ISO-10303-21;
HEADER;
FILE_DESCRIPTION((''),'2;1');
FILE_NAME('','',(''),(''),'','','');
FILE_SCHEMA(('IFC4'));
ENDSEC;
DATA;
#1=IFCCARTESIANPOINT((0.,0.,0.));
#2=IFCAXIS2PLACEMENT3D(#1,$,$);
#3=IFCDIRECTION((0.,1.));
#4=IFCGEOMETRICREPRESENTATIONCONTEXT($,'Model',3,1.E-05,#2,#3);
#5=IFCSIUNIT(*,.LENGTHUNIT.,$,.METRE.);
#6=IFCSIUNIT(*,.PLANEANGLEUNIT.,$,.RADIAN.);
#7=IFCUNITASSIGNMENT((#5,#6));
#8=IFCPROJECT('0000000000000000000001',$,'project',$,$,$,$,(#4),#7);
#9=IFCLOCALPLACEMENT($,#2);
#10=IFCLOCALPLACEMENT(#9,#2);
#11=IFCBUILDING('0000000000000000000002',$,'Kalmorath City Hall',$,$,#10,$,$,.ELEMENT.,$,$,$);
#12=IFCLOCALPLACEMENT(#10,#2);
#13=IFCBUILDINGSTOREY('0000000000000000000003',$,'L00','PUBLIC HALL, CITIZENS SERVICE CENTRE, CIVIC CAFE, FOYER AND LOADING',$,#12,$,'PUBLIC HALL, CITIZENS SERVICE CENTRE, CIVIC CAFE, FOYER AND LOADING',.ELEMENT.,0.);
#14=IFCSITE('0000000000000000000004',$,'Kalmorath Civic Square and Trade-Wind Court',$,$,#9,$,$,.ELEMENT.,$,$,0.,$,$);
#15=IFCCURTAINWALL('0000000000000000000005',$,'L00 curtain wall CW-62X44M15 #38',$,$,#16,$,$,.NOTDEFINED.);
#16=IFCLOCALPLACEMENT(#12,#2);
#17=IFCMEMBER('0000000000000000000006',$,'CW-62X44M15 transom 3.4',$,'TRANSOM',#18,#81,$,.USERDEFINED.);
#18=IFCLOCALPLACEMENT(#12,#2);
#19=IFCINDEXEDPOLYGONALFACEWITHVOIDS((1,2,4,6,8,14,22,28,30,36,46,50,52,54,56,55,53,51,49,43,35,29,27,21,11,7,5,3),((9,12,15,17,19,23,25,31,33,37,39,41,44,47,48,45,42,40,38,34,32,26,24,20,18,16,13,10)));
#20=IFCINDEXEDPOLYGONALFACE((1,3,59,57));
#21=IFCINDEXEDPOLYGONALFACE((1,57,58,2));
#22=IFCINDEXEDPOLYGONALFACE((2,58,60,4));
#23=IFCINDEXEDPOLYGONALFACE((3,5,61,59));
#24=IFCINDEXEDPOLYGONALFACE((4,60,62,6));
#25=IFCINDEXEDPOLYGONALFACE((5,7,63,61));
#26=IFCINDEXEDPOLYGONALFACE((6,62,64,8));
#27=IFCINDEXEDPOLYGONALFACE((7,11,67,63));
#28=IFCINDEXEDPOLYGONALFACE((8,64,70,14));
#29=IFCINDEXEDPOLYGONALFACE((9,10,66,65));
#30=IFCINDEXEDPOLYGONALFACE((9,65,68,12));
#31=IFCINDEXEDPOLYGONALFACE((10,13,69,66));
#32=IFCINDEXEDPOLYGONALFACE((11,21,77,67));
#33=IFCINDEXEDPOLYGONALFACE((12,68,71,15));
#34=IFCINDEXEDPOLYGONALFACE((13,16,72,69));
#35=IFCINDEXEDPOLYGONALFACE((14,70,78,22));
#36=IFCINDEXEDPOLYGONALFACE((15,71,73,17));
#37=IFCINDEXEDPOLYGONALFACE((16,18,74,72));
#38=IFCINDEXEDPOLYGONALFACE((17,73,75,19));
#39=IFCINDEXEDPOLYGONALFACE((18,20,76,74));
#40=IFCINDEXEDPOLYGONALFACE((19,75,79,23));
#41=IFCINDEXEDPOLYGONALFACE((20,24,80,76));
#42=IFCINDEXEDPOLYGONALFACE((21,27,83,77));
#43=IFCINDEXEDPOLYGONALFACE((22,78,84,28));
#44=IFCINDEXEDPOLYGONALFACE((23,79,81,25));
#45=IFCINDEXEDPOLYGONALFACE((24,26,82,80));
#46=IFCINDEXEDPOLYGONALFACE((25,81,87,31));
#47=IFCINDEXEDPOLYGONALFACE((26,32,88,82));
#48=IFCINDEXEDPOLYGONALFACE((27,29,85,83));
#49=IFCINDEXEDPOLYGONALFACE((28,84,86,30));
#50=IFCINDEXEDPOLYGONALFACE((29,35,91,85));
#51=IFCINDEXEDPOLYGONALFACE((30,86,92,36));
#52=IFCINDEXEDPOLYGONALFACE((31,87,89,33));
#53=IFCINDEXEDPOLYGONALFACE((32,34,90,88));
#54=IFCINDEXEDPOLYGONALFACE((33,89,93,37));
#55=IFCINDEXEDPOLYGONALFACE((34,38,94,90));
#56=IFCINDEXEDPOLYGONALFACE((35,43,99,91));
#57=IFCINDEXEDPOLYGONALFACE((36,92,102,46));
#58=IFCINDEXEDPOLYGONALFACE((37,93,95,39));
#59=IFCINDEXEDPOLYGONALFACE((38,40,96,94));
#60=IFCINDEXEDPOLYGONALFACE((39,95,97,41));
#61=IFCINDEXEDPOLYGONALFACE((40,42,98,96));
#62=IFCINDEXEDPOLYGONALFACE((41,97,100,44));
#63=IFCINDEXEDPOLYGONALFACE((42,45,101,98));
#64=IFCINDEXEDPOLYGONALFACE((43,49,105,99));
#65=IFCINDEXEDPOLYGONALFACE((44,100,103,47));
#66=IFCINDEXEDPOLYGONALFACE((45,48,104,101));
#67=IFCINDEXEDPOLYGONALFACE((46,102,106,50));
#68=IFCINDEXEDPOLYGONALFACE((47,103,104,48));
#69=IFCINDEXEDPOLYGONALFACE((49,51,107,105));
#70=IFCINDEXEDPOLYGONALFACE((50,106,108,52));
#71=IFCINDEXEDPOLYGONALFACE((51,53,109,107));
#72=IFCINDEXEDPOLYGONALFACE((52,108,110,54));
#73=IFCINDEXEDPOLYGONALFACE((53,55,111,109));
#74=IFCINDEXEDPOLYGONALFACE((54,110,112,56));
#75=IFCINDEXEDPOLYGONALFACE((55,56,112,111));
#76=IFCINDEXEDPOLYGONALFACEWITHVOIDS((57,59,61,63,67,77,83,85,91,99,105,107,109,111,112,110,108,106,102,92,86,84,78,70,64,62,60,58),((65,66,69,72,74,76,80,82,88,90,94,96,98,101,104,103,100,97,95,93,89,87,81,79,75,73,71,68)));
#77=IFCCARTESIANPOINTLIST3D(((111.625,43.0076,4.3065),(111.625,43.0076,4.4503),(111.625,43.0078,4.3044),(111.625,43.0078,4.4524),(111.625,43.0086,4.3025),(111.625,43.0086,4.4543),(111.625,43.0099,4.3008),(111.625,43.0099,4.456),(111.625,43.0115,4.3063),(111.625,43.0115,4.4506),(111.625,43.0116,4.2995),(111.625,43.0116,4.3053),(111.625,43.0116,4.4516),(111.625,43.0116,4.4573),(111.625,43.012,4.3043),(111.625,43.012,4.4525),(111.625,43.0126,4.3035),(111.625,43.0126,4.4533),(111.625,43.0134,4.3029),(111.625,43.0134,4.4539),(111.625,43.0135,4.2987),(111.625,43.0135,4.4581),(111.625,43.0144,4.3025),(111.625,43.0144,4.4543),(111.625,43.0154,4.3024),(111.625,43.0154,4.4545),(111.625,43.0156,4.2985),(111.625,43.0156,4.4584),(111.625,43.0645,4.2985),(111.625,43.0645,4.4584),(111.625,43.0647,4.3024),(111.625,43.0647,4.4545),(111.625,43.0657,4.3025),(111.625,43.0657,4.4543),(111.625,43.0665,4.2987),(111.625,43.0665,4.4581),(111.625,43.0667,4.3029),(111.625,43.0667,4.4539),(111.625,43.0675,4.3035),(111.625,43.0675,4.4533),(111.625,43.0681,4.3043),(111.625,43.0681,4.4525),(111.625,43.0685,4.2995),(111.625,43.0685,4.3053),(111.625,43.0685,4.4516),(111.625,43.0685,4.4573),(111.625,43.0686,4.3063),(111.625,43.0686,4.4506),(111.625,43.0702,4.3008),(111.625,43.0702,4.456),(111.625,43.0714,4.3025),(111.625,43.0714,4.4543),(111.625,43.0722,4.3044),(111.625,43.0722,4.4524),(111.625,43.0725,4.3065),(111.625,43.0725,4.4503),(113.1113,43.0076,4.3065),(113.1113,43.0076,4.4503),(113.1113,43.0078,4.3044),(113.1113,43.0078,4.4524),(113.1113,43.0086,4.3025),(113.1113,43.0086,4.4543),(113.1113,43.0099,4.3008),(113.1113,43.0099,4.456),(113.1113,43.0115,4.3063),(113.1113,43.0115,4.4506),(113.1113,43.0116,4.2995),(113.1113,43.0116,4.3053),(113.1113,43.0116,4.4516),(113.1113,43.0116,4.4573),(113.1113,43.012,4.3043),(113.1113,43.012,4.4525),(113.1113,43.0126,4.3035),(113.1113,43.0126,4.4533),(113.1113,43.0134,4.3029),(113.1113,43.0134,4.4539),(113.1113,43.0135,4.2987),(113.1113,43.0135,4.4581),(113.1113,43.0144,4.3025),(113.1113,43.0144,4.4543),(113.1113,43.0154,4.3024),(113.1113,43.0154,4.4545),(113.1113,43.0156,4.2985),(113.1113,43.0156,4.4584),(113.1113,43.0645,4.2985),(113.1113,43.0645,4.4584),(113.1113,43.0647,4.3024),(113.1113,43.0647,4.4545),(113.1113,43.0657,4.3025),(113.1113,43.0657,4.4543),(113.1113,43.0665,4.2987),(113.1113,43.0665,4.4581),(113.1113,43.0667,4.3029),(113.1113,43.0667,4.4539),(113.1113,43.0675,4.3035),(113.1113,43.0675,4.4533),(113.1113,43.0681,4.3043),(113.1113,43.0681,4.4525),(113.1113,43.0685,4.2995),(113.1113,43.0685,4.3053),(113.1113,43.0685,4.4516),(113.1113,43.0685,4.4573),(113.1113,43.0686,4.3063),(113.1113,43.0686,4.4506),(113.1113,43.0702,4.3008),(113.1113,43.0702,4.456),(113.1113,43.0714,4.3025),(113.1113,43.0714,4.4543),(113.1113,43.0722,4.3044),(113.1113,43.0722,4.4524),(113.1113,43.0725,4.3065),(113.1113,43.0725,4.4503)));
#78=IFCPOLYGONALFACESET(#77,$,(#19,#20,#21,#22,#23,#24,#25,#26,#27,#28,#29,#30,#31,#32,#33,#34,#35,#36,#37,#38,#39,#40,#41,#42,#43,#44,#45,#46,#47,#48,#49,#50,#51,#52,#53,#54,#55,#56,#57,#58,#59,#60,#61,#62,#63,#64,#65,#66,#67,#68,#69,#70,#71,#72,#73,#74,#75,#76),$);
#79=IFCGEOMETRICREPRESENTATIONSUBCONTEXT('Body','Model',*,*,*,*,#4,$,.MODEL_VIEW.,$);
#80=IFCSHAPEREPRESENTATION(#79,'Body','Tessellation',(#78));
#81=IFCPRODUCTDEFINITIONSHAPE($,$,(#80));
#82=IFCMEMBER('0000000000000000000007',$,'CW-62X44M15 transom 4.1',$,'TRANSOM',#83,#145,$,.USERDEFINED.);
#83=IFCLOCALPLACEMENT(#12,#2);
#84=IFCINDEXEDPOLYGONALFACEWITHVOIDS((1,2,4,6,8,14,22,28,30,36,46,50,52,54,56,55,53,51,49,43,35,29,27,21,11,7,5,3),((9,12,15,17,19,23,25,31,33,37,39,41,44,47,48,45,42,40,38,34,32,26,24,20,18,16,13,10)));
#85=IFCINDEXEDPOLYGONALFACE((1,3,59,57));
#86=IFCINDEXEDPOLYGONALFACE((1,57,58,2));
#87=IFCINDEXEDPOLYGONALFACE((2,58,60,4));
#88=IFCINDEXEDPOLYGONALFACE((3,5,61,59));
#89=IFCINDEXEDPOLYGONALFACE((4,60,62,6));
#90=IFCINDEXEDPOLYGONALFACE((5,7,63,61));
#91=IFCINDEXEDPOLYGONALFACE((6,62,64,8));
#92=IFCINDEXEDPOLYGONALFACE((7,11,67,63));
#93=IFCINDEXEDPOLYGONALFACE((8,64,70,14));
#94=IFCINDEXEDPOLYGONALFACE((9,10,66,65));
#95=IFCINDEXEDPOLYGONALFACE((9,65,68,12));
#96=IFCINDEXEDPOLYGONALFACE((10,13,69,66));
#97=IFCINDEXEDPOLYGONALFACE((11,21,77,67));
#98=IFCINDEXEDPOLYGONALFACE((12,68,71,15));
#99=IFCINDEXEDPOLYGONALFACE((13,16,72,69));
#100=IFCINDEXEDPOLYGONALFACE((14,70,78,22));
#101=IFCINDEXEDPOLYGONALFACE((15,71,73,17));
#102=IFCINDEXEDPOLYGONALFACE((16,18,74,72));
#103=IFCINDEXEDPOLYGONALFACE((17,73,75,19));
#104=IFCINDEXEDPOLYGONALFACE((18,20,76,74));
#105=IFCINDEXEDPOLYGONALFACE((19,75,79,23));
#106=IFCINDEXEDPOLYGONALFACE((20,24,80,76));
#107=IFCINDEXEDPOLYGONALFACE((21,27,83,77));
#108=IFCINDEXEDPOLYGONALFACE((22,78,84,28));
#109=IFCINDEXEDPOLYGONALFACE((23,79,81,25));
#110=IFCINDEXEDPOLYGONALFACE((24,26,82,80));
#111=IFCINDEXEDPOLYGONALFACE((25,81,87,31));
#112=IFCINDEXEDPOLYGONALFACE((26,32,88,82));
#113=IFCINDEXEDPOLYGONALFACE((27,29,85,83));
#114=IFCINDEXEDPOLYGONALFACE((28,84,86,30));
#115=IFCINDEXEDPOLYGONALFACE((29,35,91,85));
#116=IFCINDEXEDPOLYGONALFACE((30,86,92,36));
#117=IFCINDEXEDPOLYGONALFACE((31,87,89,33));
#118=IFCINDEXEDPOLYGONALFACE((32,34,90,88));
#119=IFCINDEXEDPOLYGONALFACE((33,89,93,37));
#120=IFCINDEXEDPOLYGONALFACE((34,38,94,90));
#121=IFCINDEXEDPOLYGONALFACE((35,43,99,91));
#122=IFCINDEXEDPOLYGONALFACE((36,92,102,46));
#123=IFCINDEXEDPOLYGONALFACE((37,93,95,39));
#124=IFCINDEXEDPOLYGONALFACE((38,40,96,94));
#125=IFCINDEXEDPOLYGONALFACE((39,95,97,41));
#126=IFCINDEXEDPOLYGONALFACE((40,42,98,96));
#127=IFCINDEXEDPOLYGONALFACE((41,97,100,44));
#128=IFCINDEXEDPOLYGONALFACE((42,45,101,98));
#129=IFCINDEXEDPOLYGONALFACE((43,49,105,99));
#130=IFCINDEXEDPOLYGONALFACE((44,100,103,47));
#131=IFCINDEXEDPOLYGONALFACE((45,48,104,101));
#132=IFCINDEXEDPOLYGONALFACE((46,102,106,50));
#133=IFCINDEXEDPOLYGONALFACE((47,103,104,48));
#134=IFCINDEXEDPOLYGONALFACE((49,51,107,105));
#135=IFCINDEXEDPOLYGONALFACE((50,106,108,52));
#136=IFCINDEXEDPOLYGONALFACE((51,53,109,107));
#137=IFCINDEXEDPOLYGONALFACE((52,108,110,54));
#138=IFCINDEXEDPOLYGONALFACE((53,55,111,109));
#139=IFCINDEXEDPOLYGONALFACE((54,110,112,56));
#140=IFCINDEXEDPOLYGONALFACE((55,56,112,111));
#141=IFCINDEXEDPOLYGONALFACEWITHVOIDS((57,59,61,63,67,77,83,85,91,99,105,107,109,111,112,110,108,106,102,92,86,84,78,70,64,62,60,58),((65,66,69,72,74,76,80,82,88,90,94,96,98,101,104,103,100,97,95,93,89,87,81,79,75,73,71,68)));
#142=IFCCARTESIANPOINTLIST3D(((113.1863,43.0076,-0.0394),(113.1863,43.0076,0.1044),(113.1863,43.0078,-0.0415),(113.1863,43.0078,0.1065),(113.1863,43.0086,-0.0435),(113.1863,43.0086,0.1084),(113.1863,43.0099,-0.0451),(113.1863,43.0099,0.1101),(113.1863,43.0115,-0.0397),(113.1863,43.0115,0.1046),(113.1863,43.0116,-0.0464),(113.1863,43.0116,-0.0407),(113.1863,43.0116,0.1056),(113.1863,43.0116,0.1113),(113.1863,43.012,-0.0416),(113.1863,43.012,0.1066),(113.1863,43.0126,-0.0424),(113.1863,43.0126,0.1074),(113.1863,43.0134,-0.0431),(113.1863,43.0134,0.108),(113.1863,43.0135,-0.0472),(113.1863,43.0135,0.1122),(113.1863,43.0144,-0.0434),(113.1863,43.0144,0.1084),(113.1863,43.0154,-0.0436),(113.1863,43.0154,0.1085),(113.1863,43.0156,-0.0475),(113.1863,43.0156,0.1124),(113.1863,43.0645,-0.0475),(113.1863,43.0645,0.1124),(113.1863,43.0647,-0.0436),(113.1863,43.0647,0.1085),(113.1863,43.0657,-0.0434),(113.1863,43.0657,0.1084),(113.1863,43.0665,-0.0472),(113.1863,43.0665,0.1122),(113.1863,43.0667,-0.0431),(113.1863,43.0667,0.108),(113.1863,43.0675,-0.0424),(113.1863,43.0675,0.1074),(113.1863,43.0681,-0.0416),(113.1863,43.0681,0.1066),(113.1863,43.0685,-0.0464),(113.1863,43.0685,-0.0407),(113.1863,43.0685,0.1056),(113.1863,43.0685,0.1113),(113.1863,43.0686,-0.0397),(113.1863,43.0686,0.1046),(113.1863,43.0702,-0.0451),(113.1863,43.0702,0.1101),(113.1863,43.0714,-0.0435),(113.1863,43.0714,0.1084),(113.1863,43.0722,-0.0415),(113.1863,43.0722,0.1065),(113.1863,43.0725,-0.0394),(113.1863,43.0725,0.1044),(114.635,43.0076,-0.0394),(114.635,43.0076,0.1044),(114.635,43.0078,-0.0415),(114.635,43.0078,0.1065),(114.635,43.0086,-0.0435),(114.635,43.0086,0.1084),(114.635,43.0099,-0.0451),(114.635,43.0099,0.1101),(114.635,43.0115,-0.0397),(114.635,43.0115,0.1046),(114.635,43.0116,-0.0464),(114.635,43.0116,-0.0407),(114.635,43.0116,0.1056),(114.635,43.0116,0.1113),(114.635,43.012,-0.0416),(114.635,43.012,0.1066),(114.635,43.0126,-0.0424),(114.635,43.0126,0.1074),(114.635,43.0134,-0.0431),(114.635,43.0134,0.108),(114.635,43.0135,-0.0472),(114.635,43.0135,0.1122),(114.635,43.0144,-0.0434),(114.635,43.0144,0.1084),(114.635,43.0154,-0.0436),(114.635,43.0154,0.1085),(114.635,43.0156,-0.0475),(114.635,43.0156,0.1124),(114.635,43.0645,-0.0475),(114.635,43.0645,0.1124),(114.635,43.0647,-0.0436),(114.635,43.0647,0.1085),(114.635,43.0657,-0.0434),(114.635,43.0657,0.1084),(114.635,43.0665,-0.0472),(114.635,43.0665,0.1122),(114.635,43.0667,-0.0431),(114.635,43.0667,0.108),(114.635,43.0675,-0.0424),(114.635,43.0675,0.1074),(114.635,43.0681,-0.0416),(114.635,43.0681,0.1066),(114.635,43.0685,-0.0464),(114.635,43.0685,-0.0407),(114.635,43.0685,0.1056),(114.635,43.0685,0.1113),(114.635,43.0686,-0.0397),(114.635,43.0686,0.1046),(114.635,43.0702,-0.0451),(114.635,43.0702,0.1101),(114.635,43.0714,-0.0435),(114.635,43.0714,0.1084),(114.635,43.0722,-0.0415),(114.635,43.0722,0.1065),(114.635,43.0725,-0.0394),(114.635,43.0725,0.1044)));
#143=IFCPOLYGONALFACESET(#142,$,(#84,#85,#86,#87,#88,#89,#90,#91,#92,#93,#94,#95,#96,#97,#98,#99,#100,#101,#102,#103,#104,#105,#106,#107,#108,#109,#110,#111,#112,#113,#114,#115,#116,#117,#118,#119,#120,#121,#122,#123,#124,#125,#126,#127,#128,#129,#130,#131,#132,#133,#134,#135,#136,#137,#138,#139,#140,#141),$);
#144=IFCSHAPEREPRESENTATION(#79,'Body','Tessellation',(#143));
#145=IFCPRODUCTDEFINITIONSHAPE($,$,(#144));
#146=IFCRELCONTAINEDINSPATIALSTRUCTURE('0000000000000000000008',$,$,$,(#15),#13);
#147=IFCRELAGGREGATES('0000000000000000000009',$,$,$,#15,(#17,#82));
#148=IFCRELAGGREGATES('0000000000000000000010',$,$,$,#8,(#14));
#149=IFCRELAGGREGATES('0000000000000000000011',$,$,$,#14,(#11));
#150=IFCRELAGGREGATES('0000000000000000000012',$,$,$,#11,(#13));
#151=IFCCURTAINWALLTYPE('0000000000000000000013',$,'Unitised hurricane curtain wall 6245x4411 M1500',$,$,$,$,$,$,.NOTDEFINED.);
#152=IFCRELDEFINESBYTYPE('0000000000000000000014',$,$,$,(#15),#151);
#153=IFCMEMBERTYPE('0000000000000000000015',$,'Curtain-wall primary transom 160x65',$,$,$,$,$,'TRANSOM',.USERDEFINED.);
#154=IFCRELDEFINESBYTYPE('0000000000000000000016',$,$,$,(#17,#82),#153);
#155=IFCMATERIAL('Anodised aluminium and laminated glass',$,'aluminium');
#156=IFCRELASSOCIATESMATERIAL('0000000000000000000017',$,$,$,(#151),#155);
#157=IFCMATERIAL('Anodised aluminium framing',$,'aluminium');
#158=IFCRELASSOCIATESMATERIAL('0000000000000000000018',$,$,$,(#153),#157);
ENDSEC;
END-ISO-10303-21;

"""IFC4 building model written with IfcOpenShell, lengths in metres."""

from ifc_helpers import new_model, si_unit, direction, frame, origin, origin_2d, place, context, subcontext, project, spatial, hollow_rectangle, extrude, material, material_profile, profile_set, type_object, element, aggregate, save


model = new_model("IFC4")

# Units and contexts
model_context = context("Model", 3, precision=1e-05, world=origin(), true_north=direction((0.0, 1.0)))
body_context = subcontext(model_context, "Body", "Model", "MODEL_VIEW")
ifc_project = project(units=[si_unit("LENGTHUNIT", "METRE"), si_unit("PLANEANGLEUNIT", "RADIAN")], contexts=[model_context])

# Site, building, storey
site_placement = place(None, origin())
site = spatial("IfcSite", under=ifc_project, at=site_placement, Name="Kalmorath Civic Square and Trade-Wind Court", CompositionType="ELEMENT", RefElevation=0.0)
building_placement = place(site_placement, origin())
building = spatial("IfcBuilding", under=site, at=building_placement, Name="Kalmorath City Hall", CompositionType="ELEMENT")
storey_placement = place(building_placement, origin())
storey = spatial("IfcBuildingStorey", under=building, at=storey_placement, Name="L00", Description="PUBLIC HALL, CITIZENS SERVICE CENTRE, CIVIC CAFE, FOYER AND LOADING", LongName="PUBLIC HALL, CITIZENS SERVICE CENTRE, CIVIC CAFE, FOYER AND LOADING", CompositionType="ELEMENT", Elevation=0.0)

# Curtain wall, members
ifc_material_1 = material(Name="Anodised aluminium and laminated glass", Category="aluminium")
curtain_wall_type = type_object("IfcCurtainWallType", Name="Unitised hurricane curtain wall 6245x4411 M1500", PredefinedType="NOTDEFINED", material=ifc_material_1)
curtain_wall_placement = place(storey_placement, origin())
curtain_wall = element("IfcCurtainWall", 1, at=curtain_wall_placement, inside=storey, type_object=curtain_wall_type, Name="L00 curtain wall CW-62X44M15 #38", PredefinedType="NOTDEFINED")
ifc_material_2 = material(Name="Anodised aluminium framing", Category="aluminium")
ifc_material_profile_1 = material_profile(ifc_material_2, hollow_rectangle(XDim=0.0649, YDim=0.1599, WallThickness=0.0039, InnerFilletRadius=0.0039, OuterFilletRadius=0.0081, at=origin_2d()), Name="ALU-TRN-160X65X4")
ifc_profile_set_1 = profile_set([ifc_material_profile_1], Name="Anodised aluminium framing")
member_type_1 = type_object("IfcMemberType", Name="Curtain-wall primary transom 160x65", ElementType="TRANSOM", PredefinedType="USERDEFINED", material=ifc_profile_set_1)
member_1_placement = place(storey_placement, frame((111.625, 43.04, 4.3784), z_axis=(1.0, 0.0, 0.0), x_axis=(0.0, 1.0, 0.0)))
member_1 = element("IfcMember", 2, at=member_1_placement, type_object=member_type_1, Name="CW-62X44M15 transom 3.4", ObjectType="TRANSOM", PredefinedType="USERDEFINED", context=body_context, shape_type="SweptSolid", body=[
    extrude(hollow_rectangle(XDim=0.0649, YDim=0.1599, WallThickness=0.0039, InnerFilletRadius=0.0039, OuterFilletRadius=0.0081, at=origin_2d()), origin(), (0.0, 0.0, 1.0), 1.4863),
])
member_2_placement = place(storey_placement, frame((113.1863, 43.04, 0.0325), z_axis=(1.0, 0.0, 0.0), x_axis=(0.0, 1.0, 0.0)))
member_2 = element("IfcMember", 3, at=member_2_placement, type_object=member_type_1, Name="CW-62X44M15 transom 4.1", ObjectType="TRANSOM", PredefinedType="USERDEFINED", context=body_context, shape_type="SweptSolid", body=[
    extrude(hollow_rectangle(XDim=0.0649, YDim=0.1599, WallThickness=0.0039, InnerFilletRadius=0.0039, OuterFilletRadius=0.0081, at=origin_2d()), origin(), (0.0, 0.0, 1.0), 1.4487),
])
aggregate(curtain_wall, [member_1, member_2])

save(model, "model.ifc")
